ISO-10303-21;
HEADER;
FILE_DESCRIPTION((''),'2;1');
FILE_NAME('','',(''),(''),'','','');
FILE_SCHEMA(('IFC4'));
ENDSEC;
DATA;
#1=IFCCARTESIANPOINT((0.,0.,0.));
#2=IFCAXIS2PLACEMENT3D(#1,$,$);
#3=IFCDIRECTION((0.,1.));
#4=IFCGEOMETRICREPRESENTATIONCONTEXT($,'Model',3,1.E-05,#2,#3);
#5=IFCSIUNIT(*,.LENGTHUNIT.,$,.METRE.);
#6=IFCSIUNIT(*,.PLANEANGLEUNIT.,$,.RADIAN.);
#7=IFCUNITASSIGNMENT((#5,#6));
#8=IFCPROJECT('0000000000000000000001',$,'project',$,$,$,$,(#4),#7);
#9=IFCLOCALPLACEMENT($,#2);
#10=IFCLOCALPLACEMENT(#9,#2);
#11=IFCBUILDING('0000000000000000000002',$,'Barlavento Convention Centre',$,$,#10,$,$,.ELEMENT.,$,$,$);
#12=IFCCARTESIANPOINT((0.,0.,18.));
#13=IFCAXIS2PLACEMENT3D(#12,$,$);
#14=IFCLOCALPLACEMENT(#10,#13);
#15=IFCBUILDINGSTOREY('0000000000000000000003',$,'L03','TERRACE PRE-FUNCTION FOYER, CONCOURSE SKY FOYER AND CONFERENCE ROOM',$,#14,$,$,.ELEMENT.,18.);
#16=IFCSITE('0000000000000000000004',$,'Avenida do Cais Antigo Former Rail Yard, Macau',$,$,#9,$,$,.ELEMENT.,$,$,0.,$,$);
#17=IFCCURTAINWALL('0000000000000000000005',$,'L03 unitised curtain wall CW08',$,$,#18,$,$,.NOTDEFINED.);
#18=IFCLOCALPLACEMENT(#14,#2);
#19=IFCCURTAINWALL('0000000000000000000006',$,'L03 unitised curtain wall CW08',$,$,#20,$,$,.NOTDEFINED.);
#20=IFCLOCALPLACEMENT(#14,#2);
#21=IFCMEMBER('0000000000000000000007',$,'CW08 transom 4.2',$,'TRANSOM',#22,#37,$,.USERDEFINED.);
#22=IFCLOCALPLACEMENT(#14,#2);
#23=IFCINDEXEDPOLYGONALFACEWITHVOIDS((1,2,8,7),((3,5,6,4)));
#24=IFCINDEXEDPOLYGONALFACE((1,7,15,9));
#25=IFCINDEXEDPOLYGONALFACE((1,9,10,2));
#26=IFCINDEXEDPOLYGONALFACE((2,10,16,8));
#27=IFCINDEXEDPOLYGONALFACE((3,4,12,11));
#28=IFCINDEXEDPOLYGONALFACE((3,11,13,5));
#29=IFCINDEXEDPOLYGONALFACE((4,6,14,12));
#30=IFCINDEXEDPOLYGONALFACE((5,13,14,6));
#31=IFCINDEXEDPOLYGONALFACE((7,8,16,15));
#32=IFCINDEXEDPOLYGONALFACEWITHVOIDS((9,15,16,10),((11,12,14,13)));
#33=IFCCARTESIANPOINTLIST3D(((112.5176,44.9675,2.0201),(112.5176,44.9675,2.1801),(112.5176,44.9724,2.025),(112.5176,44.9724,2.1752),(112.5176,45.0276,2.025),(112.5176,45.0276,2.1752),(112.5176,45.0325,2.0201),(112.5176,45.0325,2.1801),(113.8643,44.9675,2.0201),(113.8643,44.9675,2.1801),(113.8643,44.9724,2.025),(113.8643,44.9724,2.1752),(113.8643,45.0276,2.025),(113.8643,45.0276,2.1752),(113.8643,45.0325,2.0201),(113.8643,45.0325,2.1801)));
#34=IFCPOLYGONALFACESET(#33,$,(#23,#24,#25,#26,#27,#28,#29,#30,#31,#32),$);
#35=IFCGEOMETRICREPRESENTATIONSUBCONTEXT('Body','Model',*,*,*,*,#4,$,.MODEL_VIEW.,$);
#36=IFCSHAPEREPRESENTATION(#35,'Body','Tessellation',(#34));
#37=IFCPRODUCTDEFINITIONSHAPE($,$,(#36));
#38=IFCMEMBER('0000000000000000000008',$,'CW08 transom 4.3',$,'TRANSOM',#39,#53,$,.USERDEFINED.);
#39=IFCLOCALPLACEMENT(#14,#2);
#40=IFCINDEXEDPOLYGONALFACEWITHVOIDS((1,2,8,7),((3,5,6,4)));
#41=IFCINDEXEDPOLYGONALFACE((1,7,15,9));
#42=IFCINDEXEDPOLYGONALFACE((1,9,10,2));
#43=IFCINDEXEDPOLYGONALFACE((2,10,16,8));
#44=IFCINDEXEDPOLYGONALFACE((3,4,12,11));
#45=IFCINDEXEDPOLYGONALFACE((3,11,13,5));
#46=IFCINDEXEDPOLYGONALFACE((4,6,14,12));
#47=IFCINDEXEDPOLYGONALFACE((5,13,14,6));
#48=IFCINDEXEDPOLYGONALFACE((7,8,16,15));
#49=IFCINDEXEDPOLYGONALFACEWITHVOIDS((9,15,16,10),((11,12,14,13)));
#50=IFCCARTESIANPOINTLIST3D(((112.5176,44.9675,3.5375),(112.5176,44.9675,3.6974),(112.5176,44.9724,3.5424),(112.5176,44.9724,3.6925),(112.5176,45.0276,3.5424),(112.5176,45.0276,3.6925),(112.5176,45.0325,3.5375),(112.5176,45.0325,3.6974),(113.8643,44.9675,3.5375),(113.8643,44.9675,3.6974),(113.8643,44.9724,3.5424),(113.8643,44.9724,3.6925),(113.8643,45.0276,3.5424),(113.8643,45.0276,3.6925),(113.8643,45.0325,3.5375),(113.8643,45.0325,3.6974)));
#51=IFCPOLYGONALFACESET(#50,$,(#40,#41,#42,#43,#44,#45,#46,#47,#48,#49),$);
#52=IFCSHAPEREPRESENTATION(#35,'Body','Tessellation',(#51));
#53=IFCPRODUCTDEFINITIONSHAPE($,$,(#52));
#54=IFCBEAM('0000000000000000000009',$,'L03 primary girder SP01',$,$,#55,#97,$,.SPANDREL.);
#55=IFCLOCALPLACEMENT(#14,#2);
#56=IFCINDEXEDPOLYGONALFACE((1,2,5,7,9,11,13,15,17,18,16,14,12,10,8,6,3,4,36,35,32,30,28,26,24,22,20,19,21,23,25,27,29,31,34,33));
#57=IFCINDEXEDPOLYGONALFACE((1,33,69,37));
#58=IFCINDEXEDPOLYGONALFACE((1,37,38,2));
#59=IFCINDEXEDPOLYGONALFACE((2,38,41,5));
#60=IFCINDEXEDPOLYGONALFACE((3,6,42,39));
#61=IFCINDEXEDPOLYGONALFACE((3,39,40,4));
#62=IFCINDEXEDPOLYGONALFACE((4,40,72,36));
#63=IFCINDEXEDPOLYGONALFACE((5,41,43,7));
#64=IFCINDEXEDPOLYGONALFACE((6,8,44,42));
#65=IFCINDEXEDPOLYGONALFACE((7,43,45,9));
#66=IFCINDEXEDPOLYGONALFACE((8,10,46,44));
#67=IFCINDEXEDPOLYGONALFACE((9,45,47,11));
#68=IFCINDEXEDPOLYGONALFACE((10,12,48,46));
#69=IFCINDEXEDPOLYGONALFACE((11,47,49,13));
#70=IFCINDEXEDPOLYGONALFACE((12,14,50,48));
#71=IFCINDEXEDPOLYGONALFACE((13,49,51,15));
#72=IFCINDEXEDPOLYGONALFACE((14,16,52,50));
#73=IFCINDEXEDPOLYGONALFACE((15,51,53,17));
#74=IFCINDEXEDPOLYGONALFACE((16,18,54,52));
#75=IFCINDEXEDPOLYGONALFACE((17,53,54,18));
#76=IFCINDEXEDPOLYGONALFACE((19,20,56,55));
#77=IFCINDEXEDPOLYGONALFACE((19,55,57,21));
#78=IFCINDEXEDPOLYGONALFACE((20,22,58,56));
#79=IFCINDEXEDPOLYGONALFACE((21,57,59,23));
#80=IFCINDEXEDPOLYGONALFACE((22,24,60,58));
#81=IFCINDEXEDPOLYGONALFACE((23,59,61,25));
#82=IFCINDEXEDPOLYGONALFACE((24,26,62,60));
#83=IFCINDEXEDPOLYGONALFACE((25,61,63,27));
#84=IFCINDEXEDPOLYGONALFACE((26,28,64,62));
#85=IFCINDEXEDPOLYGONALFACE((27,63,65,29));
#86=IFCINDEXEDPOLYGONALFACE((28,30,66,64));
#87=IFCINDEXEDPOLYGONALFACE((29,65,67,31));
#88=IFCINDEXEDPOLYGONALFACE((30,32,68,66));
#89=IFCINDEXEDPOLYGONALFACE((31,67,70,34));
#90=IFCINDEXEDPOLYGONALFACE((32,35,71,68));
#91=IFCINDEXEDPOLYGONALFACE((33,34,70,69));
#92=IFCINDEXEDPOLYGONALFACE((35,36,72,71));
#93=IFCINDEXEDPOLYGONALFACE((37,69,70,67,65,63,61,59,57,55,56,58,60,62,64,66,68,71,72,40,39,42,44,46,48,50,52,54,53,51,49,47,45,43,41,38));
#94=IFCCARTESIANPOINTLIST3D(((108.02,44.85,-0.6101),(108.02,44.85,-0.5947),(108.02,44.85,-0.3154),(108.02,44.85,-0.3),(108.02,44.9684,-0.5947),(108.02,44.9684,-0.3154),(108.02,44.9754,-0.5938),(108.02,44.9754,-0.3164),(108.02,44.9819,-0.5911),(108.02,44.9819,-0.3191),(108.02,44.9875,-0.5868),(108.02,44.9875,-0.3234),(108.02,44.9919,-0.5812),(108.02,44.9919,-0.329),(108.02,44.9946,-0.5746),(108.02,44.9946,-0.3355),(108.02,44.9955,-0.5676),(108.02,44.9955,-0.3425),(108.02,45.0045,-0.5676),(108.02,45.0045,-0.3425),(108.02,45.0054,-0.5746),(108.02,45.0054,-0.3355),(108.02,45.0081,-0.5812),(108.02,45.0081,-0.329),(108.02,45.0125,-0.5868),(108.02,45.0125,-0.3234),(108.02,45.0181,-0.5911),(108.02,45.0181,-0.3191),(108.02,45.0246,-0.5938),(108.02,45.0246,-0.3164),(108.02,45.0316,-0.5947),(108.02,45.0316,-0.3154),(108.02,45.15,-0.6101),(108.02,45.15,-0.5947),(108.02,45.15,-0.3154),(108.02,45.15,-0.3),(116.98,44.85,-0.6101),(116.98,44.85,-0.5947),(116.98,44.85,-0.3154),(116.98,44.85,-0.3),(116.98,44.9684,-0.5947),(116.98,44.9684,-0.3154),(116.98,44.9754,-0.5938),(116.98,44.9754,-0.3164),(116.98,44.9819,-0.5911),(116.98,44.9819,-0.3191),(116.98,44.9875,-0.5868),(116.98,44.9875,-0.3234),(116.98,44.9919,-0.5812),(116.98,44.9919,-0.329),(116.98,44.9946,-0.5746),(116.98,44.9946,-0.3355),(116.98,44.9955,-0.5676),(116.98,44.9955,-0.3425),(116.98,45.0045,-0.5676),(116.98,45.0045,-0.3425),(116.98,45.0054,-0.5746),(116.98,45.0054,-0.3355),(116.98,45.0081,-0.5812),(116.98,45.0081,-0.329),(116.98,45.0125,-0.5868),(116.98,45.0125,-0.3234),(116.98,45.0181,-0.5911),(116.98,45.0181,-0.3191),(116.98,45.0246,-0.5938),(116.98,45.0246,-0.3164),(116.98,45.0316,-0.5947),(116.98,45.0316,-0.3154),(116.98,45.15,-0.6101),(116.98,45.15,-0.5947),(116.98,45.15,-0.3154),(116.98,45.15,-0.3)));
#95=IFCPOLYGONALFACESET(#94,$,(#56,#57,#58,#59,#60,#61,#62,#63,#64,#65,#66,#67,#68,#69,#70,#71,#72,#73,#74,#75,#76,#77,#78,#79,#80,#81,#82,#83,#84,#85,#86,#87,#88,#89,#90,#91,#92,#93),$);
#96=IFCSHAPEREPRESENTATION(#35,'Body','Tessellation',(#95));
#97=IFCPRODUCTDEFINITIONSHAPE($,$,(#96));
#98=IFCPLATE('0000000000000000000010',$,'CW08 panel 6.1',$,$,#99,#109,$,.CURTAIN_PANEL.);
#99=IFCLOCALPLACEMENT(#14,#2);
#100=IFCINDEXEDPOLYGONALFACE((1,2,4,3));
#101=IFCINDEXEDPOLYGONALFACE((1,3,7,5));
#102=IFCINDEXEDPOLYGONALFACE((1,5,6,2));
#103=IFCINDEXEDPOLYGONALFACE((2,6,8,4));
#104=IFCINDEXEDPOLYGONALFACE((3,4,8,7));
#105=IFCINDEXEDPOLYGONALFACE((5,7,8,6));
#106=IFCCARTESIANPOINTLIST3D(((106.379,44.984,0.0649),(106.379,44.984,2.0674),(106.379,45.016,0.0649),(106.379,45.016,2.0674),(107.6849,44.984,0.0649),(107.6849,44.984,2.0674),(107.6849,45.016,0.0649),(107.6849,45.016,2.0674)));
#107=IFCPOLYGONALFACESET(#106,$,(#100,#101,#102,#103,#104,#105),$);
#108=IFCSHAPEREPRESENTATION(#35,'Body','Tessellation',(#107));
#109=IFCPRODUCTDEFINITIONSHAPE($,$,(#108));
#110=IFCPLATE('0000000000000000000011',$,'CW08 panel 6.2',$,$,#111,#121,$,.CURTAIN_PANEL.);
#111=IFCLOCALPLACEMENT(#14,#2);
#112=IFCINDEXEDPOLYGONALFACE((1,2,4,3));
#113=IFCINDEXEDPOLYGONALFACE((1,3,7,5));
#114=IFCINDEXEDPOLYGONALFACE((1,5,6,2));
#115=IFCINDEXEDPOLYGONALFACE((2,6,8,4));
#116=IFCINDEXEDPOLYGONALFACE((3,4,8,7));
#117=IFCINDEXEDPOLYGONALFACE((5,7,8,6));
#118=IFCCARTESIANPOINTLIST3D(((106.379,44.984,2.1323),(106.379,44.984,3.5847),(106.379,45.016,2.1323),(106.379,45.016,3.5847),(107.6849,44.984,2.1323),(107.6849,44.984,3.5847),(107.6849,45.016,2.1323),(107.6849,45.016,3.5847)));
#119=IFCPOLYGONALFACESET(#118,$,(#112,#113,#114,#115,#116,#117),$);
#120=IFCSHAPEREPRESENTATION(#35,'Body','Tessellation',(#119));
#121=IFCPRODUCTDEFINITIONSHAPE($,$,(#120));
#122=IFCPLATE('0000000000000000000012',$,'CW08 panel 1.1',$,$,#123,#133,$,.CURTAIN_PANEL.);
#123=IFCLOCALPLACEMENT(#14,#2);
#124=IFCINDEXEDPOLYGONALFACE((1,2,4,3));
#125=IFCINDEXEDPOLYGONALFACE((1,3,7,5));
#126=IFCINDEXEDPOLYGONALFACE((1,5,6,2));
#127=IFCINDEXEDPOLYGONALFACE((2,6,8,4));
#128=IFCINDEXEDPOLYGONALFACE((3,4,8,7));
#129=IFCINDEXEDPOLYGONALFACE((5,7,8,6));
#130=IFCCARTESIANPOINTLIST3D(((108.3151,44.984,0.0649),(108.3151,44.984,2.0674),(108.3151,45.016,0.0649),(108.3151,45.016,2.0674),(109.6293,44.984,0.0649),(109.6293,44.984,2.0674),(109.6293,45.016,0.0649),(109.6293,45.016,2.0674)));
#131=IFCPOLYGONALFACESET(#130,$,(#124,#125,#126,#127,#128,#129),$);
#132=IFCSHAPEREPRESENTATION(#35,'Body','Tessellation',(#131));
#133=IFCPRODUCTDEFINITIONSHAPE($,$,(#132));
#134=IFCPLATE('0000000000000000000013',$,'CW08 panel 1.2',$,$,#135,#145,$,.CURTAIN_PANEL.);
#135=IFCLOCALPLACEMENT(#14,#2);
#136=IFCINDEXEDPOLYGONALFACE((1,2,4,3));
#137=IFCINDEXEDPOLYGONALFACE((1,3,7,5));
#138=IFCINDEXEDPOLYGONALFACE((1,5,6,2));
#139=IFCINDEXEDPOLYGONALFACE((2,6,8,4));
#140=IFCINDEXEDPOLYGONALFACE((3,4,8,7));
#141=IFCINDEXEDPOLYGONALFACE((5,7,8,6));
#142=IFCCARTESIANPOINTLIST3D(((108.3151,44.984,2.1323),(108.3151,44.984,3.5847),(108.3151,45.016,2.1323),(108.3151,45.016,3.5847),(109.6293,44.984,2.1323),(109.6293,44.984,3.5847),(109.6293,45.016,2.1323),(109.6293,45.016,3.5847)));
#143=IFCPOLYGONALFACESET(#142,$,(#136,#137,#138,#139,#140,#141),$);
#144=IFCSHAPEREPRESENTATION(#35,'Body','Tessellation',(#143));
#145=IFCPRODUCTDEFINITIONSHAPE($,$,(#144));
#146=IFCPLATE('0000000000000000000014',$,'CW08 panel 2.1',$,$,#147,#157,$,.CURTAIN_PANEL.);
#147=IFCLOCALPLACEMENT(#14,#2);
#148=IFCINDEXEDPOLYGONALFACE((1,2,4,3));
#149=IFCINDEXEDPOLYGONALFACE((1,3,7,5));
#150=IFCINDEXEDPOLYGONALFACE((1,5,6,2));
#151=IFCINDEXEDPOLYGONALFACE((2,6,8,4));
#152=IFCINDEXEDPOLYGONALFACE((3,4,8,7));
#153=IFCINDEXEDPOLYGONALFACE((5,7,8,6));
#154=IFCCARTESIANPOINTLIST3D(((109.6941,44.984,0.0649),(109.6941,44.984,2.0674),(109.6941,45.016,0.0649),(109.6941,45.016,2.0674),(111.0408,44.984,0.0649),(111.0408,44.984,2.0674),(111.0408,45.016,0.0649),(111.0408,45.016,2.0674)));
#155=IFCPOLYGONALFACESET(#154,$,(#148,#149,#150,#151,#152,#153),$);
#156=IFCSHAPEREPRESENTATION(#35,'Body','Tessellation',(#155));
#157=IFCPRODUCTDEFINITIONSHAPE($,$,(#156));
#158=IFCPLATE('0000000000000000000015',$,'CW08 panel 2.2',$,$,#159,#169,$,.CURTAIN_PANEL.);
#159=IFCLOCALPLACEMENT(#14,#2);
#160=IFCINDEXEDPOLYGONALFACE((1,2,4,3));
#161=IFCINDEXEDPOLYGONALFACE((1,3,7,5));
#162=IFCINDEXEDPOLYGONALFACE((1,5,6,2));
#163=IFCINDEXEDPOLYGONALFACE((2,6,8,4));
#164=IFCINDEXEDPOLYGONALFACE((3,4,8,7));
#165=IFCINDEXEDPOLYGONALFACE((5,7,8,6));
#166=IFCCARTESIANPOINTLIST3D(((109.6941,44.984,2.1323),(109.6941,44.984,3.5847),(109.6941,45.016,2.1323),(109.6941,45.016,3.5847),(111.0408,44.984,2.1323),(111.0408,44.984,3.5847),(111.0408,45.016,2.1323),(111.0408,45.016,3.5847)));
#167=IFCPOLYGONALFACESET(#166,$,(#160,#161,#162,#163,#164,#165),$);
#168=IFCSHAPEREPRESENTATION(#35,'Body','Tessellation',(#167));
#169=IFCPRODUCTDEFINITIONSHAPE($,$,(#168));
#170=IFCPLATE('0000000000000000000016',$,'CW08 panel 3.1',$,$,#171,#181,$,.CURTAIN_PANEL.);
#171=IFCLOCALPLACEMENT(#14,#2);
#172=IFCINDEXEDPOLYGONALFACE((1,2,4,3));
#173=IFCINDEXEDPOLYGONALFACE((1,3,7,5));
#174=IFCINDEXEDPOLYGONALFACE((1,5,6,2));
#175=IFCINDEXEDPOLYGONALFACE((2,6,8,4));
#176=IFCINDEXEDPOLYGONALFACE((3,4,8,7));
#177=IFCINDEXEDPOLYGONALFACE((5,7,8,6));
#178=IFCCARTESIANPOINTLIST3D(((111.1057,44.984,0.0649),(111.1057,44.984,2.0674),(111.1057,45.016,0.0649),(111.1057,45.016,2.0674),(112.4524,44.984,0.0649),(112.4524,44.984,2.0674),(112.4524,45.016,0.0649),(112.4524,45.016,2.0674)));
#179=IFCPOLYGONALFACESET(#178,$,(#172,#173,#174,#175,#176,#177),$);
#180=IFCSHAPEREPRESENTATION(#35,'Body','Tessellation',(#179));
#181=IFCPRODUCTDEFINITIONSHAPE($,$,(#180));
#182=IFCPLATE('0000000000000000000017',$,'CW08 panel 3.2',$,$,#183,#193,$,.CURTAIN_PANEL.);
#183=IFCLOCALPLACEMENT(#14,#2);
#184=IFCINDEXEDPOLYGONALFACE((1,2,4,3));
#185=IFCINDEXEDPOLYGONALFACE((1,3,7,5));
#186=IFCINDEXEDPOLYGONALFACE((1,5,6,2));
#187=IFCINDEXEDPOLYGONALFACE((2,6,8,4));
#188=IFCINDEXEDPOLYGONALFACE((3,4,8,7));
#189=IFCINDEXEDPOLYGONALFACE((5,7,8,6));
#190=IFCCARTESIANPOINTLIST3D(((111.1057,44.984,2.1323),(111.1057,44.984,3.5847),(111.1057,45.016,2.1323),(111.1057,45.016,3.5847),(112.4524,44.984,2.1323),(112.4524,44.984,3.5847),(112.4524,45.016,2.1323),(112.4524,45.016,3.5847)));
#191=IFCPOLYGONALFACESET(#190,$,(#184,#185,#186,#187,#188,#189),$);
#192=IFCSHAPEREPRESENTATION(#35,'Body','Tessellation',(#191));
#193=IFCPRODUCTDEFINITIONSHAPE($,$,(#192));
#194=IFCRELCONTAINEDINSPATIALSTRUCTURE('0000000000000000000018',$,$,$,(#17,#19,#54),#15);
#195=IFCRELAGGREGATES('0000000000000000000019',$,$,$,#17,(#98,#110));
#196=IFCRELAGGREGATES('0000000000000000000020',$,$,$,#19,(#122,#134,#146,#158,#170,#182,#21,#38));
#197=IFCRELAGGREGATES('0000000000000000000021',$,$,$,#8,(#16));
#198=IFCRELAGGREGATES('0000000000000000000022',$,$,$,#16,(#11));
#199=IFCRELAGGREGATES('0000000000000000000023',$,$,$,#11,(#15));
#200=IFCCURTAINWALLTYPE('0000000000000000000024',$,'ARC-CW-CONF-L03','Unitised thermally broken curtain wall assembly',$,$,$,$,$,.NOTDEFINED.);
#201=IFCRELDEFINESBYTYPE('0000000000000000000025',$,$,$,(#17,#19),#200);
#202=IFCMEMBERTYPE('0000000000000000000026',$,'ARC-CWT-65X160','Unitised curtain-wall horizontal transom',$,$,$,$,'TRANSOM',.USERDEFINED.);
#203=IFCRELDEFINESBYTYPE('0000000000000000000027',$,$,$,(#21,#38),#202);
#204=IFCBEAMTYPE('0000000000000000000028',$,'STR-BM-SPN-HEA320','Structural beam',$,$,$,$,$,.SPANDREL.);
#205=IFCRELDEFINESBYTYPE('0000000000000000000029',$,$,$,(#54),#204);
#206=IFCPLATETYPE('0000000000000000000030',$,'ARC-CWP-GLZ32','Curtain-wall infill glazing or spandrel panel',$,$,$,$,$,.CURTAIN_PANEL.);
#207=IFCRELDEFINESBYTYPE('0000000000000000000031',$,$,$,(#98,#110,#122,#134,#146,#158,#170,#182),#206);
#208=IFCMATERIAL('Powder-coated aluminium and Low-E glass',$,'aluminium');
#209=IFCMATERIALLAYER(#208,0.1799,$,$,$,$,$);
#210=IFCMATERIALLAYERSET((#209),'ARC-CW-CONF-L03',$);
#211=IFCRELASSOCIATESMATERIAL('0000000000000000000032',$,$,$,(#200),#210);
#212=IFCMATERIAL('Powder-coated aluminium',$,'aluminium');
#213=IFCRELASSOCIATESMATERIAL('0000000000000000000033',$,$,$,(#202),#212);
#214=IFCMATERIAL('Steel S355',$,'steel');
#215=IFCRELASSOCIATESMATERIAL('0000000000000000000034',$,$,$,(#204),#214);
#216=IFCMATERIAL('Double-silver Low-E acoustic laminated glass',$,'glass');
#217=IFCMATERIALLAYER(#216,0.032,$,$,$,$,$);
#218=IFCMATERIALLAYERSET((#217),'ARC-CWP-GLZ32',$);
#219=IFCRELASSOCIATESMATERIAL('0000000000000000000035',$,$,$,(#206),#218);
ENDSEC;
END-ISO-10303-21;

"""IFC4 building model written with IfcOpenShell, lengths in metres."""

from ifc_helpers import new_model, si_unit, direction, frame, origin, origin_2d, place, context, subcontext, project, spatial, rectangle, hollow_rectangle, i_section, extrude, material, layer, layer_set, material_profile, profile_set, type_object, element, aggregate, save


model = new_model("IFC4")

# Units and contexts
model_context = context("Model", 3, precision=1e-05, world=origin(), true_north=direction((0.0, 1.0)))
body_context = subcontext(model_context, "Body", "Model", "MODEL_VIEW")
ifc_project = project(units=[si_unit("LENGTHUNIT", "METRE"), si_unit("PLANEANGLEUNIT", "RADIAN")], contexts=[model_context])

# Site, building, storey
site_placement = place(None, origin())
site = spatial("IfcSite", under=ifc_project, at=site_placement, Name="Avenida do Cais Antigo Former Rail Yard, Macau", CompositionType="ELEMENT", RefElevation=0.0)
building_placement = place(site_placement, origin())
building = spatial("IfcBuilding", under=site, at=building_placement, Name="Barlavento Convention Centre", CompositionType="ELEMENT")
storey_placement = place(building_placement, frame((0.0, 0.0, 18.0)))
storey = spatial("IfcBuildingStorey", under=building, at=storey_placement, Name="L03", Description="TERRACE PRE-FUNCTION FOYER, CONCOURSE SKY FOYER AND CONFERENCE ROOM", CompositionType="ELEMENT", Elevation=18.0)

# Shared definitions
ifc_material_1 = material(Name="Steel S355", Category="steel")

# Curtain walls
ifc_material_2 = material(Name="Powder-coated aluminium and Low-E glass", Category="aluminium")
ifc_layer_1 = layer(ifc_material_2, 0.1799)
ifc_layer_set_1 = layer_set([ifc_layer_1], Name="ARC-CW-CONF-L03")
curtain_wall_type = type_object("IfcCurtainWallType", Name="ARC-CW-CONF-L03", Description="Unitised thermally broken curtain wall assembly", PredefinedType="NOTDEFINED", material=ifc_layer_set_1)
curtain_wall_1_placement = place(storey_placement, origin())
curtain_wall_1 = element("IfcCurtainWall", 1, at=curtain_wall_1_placement, inside=storey, type_object=curtain_wall_type, Name="L03 unitised curtain wall CW08", PredefinedType="NOTDEFINED")
ifc_material_3 = material(Name="Powder-coated aluminium", Category="aluminium")
curtain_wall_2_placement = place(storey_placement, origin())
curtain_wall_2 = element("IfcCurtainWall", 2, at=curtain_wall_2_placement, inside=storey, type_object=curtain_wall_type, Name="L03 unitised curtain wall CW08", PredefinedType="NOTDEFINED")

# Members
ifc_material_profile_1 = material_profile(ifc_material_3, hollow_rectangle(XDim=0.0649, YDim=0.1599, WallThickness=0.0049, at=origin_2d()), Name="AL-TRAN 65x160x5")
ifc_profile_set_1 = profile_set([ifc_material_profile_1], Name="Powder-coated aluminium")
member_type_1 = type_object("IfcMemberType", Name="ARC-CWT-65X160", Description="Unitised curtain-wall horizontal transom", ElementType="TRANSOM", PredefinedType="USERDEFINED", material=ifc_profile_set_1)
member_1_placement = place(storey_placement, frame((112.5176, 45.0, 2.1001), z_axis=(1.0, 0.0, 0.0), x_axis=(0.0, 1.0, 0.0)))
member_1 = element("IfcMember", 3, at=member_1_placement, type_object=member_type_1, Name="CW08 transom 4.2", ObjectType="TRANSOM", PredefinedType="USERDEFINED", context=body_context, shape_type="SweptSolid", body=[
    extrude(hollow_rectangle(XDim=0.0649, YDim=0.1599, WallThickness=0.0049, at=origin_2d()), origin(), (0.0, 0.0, 1.0), 1.3467),
])
member_2_placement = place(storey_placement, frame((112.5176, 45.0, 3.6174), z_axis=(1.0, 0.0, 0.0), x_axis=(0.0, 1.0, 0.0)))
member_2 = element("IfcMember", 4, at=member_2_placement, type_object=member_type_1, Name="CW08 transom 4.3", ObjectType="TRANSOM", PredefinedType="USERDEFINED", context=body_context, shape_type="SweptSolid", body=[
    extrude(hollow_rectangle(XDim=0.0649, YDim=0.1599, WallThickness=0.0049, at=origin_2d()), origin(), (0.0, 0.0, 1.0), 1.3467),
])

# Beam
ifc_material_profile_2 = material_profile(ifc_material_1, i_section(OverallWidth=0.3, OverallDepth=0.3101, WebThickness=0.009, FlangeThickness=0.0154, FilletRadius=0.0271, at=origin_2d()), Name="HEA 320")
ifc_profile_set_2 = profile_set([ifc_material_profile_2], Name="Steel S355")
beam_type = type_object("IfcBeamType", Name="STR-BM-SPN-HEA320", Description="Structural beam", PredefinedType="SPANDREL", material=ifc_profile_set_2)
beam_placement = place(storey_placement, frame((108.02, 45.0, -0.4551), z_axis=(1.0, 0.0, 0.0), x_axis=(0.0, 1.0, 0.0)))
element("IfcBeam", 5, at=beam_placement, inside=storey, type_object=beam_type, Name="L03 primary girder SP01", PredefinedType="SPANDREL", context=body_context, shape_type="SweptSolid", body=[
    extrude(i_section(OverallWidth=0.3, OverallDepth=0.3101, WebThickness=0.009, FlangeThickness=0.0154, FilletRadius=0.0271, at=origin_2d()), origin(), (0.0, 0.0, 1.0), 8.96),
])

# Plates
ifc_material_4 = material(Name="Double-silver Low-E acoustic laminated glass", Category="glass")
ifc_layer_2 = layer(ifc_material_4, 0.032)
ifc_layer_set_2 = layer_set([ifc_layer_2], Name="ARC-CWP-GLZ32")
plate_type = type_object("IfcPlateType", Name="ARC-CWP-GLZ32", Description="Curtain-wall infill glazing or spandrel panel", PredefinedType="CURTAIN_PANEL", material=ifc_layer_set_2)
plate_1_placement = place(storey_placement, frame((107.032, 45.0, 0.0649), z_axis=(0.0, 0.0, 1.0), x_axis=(1.0, 0.0, 0.0)))
plate_1 = element("IfcPlate", 6, at=plate_1_placement, type_object=plate_type, Name="CW08 panel 6.1", PredefinedType="CURTAIN_PANEL", context=body_context, shape_type="SweptSolid", body=[
    extrude(rectangle(XDim=1.3059, YDim=0.032, at=origin_2d()), origin(), (0.0, 0.0, 1.0), 2.0024),
])
plate_2_placement = place(storey_placement, frame((107.032, 45.0, 2.1323), z_axis=(0.0, 0.0, 1.0), x_axis=(1.0, 0.0, 0.0)))
plate_2 = element("IfcPlate", 7, at=plate_2_placement, type_object=plate_type, Name="CW08 panel 6.2", PredefinedType="CURTAIN_PANEL", context=body_context, shape_type="SweptSolid", body=[
    extrude(rectangle(XDim=1.3059, YDim=0.032, at=origin_2d()), origin(), (0.0, 0.0, 1.0), 1.4524),
])
aggregate(curtain_wall_1, [plate_1, plate_2])
plate_3_placement = place(storey_placement, frame((108.9722, 45.0, 0.0649), z_axis=(0.0, 0.0, 1.0), x_axis=(1.0, 0.0, 0.0)))
plate_3 = element("IfcPlate", 8, at=plate_3_placement, type_object=plate_type, Name="CW08 panel 1.1", PredefinedType="CURTAIN_PANEL", context=body_context, shape_type="SweptSolid", body=[
    extrude(rectangle(XDim=1.3142, YDim=0.032, at=origin_2d()), origin(), (0.0, 0.0, 1.0), 2.0024),
])
plate_4_placement = place(storey_placement, frame((108.9722, 45.0, 2.1323), z_axis=(0.0, 0.0, 1.0), x_axis=(1.0, 0.0, 0.0)))
plate_4 = element("IfcPlate", 9, at=plate_4_placement, type_object=plate_type, Name="CW08 panel 1.2", PredefinedType="CURTAIN_PANEL", context=body_context, shape_type="SweptSolid", body=[
    extrude(rectangle(XDim=1.3142, YDim=0.032, at=origin_2d()), origin(), (0.0, 0.0, 1.0), 1.4524),
])
plate_5_placement = place(storey_placement, frame((110.3674, 45.0, 0.0649), z_axis=(0.0, 0.0, 1.0), x_axis=(1.0, 0.0, 0.0)))
plate_5 = element("IfcPlate", 10, at=plate_5_placement, type_object=plate_type, Name="CW08 panel 2.1", PredefinedType="CURTAIN_PANEL", context=body_context, shape_type="SweptSolid", body=[
    extrude(rectangle(XDim=1.3467, YDim=0.032, at=origin_2d()), origin(), (0.0, 0.0, 1.0), 2.0024),
])
plate_6_placement = place(storey_placement, frame((110.3674, 45.0, 2.1323), z_axis=(0.0, 0.0, 1.0), x_axis=(1.0, 0.0, 0.0)))
plate_6 = element("IfcPlate", 11, at=plate_6_placement, type_object=plate_type, Name="CW08 panel 2.2", PredefinedType="CURTAIN_PANEL", context=body_context, shape_type="SweptSolid", body=[
    extrude(rectangle(XDim=1.3467, YDim=0.032, at=origin_2d()), origin(), (0.0, 0.0, 1.0), 1.4524),
])
plate_7_placement = place(storey_placement, frame((111.7791, 45.0, 0.0649), z_axis=(0.0, 0.0, 1.0), x_axis=(1.0, 0.0, 0.0)))
plate_7 = element("IfcPlate", 12, at=plate_7_placement, type_object=plate_type, Name="CW08 panel 3.1", PredefinedType="CURTAIN_PANEL", context=body_context, shape_type="SweptSolid", body=[
    extrude(rectangle(XDim=1.3467, YDim=0.032, at=origin_2d()), origin(), (0.0, 0.0, 1.0), 2.0024),
])
plate_8_placement = place(storey_placement, frame((111.7791, 45.0, 2.1323), z_axis=(0.0, 0.0, 1.0), x_axis=(1.0, 0.0, 0.0)))
plate_8 = element("IfcPlate", 13, at=plate_8_placement, type_object=plate_type, Name="CW08 panel 3.2", PredefinedType="CURTAIN_PANEL", context=body_context, shape_type="SweptSolid", body=[
    extrude(rectangle(XDim=1.3467, YDim=0.032, at=origin_2d()), origin(), (0.0, 0.0, 1.0), 1.4524),
])
aggregate(curtain_wall_2, [plate_3, plate_4, plate_5, plate_6, plate_7, plate_8, member_1, member_2])

save(model, "model.ifc")
